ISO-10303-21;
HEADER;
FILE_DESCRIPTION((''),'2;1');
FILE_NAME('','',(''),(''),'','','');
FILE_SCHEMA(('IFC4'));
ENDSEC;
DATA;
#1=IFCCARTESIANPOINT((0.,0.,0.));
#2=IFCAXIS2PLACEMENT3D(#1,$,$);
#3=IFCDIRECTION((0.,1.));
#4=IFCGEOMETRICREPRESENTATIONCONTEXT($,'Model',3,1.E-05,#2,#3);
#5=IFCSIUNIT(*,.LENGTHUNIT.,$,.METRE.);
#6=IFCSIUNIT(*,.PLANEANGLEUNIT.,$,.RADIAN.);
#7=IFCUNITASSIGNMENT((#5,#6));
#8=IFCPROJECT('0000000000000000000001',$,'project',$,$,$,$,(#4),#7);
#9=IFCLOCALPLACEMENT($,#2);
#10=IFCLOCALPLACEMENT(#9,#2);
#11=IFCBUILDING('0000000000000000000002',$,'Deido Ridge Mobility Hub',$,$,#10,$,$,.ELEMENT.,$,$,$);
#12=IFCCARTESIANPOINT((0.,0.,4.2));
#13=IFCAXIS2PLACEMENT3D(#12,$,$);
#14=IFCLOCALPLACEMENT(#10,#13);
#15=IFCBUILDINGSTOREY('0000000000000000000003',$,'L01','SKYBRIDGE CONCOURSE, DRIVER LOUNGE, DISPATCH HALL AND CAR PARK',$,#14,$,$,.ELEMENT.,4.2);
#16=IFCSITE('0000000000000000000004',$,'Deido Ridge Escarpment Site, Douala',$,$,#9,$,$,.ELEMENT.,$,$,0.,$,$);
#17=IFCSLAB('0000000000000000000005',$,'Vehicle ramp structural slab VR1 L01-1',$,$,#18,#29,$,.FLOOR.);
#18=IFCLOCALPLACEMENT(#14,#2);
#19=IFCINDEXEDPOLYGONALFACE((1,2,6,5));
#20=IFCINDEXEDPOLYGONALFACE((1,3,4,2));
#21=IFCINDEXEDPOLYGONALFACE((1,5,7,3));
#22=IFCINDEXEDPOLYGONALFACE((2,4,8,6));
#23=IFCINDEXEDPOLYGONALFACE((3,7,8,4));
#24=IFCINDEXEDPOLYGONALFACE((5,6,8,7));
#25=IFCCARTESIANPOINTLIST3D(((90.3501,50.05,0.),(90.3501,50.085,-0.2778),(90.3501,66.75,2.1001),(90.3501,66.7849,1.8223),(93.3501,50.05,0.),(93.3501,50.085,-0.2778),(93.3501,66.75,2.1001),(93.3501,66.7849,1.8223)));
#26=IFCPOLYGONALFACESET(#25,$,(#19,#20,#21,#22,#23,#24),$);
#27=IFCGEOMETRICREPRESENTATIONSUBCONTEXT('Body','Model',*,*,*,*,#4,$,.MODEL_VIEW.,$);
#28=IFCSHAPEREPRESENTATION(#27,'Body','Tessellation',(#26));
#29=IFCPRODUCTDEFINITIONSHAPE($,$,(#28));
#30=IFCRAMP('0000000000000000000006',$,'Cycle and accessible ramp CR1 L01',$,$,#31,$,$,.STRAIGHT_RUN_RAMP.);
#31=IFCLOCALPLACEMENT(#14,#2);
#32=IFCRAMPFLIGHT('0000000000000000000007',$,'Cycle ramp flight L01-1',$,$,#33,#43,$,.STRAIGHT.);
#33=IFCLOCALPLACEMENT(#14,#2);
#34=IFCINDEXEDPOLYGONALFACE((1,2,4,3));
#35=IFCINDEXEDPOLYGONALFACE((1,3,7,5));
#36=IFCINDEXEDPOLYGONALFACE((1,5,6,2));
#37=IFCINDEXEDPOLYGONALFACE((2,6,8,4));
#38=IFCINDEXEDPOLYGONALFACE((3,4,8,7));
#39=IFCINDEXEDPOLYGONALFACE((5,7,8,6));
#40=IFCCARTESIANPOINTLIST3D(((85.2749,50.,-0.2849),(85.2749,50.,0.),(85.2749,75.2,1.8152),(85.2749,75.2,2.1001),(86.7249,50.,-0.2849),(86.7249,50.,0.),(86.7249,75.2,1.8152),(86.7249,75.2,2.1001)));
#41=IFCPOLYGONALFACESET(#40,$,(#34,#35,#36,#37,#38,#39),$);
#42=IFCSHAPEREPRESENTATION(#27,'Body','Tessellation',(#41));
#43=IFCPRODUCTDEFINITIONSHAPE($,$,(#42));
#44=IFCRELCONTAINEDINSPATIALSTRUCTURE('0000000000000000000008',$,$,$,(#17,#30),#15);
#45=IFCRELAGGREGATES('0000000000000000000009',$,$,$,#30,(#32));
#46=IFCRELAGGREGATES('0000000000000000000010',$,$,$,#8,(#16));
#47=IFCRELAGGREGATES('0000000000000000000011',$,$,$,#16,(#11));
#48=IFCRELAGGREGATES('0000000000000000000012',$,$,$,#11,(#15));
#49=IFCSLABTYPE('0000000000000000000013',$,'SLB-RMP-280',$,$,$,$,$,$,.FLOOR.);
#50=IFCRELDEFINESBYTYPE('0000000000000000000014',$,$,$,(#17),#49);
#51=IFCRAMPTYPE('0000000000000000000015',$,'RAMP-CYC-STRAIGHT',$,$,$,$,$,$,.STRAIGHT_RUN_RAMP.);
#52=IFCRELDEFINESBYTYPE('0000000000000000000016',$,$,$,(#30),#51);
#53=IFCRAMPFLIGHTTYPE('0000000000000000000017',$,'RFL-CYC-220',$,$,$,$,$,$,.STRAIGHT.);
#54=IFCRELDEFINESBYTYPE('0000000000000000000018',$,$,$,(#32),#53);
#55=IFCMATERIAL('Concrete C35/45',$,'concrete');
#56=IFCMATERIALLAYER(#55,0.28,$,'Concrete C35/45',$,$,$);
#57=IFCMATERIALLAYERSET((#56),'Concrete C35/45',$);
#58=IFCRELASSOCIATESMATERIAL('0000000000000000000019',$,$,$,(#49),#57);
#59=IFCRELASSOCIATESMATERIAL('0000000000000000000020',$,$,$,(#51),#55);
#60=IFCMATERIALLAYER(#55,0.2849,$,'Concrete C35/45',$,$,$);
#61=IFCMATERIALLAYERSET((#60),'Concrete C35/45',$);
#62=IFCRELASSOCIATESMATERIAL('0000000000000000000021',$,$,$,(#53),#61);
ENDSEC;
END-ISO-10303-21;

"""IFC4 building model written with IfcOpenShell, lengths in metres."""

from ifc_helpers import new_model, si_unit, direction, frame, origin, place, context, subcontext, project, spatial, polyline, outline, extrude, material, layer, layer_set, type_object, element, aggregate, save


model = new_model("IFC4")

# Units and contexts
model_context = context("Model", 3, precision=1e-05, world=origin(), true_north=direction((0.0, 1.0)))
body_context = subcontext(model_context, "Body", "Model", "MODEL_VIEW")
ifc_project = project(units=[si_unit("LENGTHUNIT", "METRE"), si_unit("PLANEANGLEUNIT", "RADIAN")], contexts=[model_context])

# Site, building, storey
site_placement = place(None, origin())
site = spatial("IfcSite", under=ifc_project, at=site_placement, Name="Deido Ridge Escarpment Site, Douala", CompositionType="ELEMENT", RefElevation=0.0)
building_placement = place(site_placement, origin())
building = spatial("IfcBuilding", under=site, at=building_placement, Name="Deido Ridge Mobility Hub", CompositionType="ELEMENT")
storey_placement = place(building_placement, frame((0.0, 0.0, 4.2)))
storey = spatial("IfcBuildingStorey", under=building, at=storey_placement, Name="L01", Description="SKYBRIDGE CONCOURSE, DRIVER LOUNGE, DISPATCH HALL AND CAR PARK", CompositionType="ELEMENT", Elevation=4.2)

# Slab
ifc_material_1 = material(Name="Concrete C35/45", Category="concrete")
ifc_layer_1 = layer(ifc_material_1, 0.28, Name="Concrete C35/45")
ifc_layer_set_1 = layer_set([ifc_layer_1], Name="Concrete C35/45")
slab_type = type_object("IfcSlabType", Name="SLB-RMP-280", PredefinedType="FLOOR", material=ifc_layer_set_1)
slab_placement = place(storey_placement, frame((90.3501, 50.05, 0.0), z_axis=(0.0, -0.124772, 0.992185), x_axis=(1.0, 0.0, 0.0)))
element("IfcSlab", 1, at=slab_placement, inside=storey, type_object=slab_type, Name="Vehicle ramp structural slab VR1 L01-1", PredefinedType="FLOOR", context=body_context, shape_type="SweptSolid", body=[
    extrude(outline(polyline([(0.0, 0.0), (3.0, 0.0), (3.0, 16.8315), (0.0, 16.8315), (0.0, 0.0)])), origin(), (0.0, 0.0, -1.0), 0.28),
])

# Ramp, ramp flight
ramp_type = type_object("IfcRampType", Name="RAMP-CYC-STRAIGHT", PredefinedType="STRAIGHT_RUN_RAMP", material=ifc_material_1)
ramp_placement = place(storey_placement, origin())
ramp = element("IfcRamp", 2, at=ramp_placement, inside=storey, type_object=ramp_type, Name="Cycle and accessible ramp CR1 L01", PredefinedType="STRAIGHT_RUN_RAMP")
ifc_layer_2 = layer(ifc_material_1, 0.2849, Name="Concrete C35/45")
ifc_layer_set_2 = layer_set([ifc_layer_2], Name="Concrete C35/45")
ramp_flight_type = type_object("IfcRampFlightType", Name="RFL-CYC-220", PredefinedType="STRAIGHT", material=ifc_layer_set_2)
ramp_flight_placement = place(storey_placement, frame((86.0, 50.0, 0.0), z_axis=(0.0, 0.0, 1.0), x_axis=(0.0, 1.0, 0.0)))
ramp_flight = element("IfcRampFlight", 3, at=ramp_flight_placement, type_object=ramp_flight_type, Name="Cycle ramp flight L01-1", PredefinedType="STRAIGHT", context=body_context, shape_type="SweptSolid", body=[
    extrude(outline(polyline([(0.0, 0.0), (0.0, -0.2849), (25.2, 1.8152), (25.2, 2.1001), (0.0, 0.0)])), frame((0.0, 0.7251, 0.0), z_axis=(0.0, -1.0, 0.0), x_axis=(1.0, 0.0, 0.0)), (0.0, 0.0, 1.0), 1.45),
])
aggregate(ramp, [ramp_flight])

save(model, "model.ifc")
